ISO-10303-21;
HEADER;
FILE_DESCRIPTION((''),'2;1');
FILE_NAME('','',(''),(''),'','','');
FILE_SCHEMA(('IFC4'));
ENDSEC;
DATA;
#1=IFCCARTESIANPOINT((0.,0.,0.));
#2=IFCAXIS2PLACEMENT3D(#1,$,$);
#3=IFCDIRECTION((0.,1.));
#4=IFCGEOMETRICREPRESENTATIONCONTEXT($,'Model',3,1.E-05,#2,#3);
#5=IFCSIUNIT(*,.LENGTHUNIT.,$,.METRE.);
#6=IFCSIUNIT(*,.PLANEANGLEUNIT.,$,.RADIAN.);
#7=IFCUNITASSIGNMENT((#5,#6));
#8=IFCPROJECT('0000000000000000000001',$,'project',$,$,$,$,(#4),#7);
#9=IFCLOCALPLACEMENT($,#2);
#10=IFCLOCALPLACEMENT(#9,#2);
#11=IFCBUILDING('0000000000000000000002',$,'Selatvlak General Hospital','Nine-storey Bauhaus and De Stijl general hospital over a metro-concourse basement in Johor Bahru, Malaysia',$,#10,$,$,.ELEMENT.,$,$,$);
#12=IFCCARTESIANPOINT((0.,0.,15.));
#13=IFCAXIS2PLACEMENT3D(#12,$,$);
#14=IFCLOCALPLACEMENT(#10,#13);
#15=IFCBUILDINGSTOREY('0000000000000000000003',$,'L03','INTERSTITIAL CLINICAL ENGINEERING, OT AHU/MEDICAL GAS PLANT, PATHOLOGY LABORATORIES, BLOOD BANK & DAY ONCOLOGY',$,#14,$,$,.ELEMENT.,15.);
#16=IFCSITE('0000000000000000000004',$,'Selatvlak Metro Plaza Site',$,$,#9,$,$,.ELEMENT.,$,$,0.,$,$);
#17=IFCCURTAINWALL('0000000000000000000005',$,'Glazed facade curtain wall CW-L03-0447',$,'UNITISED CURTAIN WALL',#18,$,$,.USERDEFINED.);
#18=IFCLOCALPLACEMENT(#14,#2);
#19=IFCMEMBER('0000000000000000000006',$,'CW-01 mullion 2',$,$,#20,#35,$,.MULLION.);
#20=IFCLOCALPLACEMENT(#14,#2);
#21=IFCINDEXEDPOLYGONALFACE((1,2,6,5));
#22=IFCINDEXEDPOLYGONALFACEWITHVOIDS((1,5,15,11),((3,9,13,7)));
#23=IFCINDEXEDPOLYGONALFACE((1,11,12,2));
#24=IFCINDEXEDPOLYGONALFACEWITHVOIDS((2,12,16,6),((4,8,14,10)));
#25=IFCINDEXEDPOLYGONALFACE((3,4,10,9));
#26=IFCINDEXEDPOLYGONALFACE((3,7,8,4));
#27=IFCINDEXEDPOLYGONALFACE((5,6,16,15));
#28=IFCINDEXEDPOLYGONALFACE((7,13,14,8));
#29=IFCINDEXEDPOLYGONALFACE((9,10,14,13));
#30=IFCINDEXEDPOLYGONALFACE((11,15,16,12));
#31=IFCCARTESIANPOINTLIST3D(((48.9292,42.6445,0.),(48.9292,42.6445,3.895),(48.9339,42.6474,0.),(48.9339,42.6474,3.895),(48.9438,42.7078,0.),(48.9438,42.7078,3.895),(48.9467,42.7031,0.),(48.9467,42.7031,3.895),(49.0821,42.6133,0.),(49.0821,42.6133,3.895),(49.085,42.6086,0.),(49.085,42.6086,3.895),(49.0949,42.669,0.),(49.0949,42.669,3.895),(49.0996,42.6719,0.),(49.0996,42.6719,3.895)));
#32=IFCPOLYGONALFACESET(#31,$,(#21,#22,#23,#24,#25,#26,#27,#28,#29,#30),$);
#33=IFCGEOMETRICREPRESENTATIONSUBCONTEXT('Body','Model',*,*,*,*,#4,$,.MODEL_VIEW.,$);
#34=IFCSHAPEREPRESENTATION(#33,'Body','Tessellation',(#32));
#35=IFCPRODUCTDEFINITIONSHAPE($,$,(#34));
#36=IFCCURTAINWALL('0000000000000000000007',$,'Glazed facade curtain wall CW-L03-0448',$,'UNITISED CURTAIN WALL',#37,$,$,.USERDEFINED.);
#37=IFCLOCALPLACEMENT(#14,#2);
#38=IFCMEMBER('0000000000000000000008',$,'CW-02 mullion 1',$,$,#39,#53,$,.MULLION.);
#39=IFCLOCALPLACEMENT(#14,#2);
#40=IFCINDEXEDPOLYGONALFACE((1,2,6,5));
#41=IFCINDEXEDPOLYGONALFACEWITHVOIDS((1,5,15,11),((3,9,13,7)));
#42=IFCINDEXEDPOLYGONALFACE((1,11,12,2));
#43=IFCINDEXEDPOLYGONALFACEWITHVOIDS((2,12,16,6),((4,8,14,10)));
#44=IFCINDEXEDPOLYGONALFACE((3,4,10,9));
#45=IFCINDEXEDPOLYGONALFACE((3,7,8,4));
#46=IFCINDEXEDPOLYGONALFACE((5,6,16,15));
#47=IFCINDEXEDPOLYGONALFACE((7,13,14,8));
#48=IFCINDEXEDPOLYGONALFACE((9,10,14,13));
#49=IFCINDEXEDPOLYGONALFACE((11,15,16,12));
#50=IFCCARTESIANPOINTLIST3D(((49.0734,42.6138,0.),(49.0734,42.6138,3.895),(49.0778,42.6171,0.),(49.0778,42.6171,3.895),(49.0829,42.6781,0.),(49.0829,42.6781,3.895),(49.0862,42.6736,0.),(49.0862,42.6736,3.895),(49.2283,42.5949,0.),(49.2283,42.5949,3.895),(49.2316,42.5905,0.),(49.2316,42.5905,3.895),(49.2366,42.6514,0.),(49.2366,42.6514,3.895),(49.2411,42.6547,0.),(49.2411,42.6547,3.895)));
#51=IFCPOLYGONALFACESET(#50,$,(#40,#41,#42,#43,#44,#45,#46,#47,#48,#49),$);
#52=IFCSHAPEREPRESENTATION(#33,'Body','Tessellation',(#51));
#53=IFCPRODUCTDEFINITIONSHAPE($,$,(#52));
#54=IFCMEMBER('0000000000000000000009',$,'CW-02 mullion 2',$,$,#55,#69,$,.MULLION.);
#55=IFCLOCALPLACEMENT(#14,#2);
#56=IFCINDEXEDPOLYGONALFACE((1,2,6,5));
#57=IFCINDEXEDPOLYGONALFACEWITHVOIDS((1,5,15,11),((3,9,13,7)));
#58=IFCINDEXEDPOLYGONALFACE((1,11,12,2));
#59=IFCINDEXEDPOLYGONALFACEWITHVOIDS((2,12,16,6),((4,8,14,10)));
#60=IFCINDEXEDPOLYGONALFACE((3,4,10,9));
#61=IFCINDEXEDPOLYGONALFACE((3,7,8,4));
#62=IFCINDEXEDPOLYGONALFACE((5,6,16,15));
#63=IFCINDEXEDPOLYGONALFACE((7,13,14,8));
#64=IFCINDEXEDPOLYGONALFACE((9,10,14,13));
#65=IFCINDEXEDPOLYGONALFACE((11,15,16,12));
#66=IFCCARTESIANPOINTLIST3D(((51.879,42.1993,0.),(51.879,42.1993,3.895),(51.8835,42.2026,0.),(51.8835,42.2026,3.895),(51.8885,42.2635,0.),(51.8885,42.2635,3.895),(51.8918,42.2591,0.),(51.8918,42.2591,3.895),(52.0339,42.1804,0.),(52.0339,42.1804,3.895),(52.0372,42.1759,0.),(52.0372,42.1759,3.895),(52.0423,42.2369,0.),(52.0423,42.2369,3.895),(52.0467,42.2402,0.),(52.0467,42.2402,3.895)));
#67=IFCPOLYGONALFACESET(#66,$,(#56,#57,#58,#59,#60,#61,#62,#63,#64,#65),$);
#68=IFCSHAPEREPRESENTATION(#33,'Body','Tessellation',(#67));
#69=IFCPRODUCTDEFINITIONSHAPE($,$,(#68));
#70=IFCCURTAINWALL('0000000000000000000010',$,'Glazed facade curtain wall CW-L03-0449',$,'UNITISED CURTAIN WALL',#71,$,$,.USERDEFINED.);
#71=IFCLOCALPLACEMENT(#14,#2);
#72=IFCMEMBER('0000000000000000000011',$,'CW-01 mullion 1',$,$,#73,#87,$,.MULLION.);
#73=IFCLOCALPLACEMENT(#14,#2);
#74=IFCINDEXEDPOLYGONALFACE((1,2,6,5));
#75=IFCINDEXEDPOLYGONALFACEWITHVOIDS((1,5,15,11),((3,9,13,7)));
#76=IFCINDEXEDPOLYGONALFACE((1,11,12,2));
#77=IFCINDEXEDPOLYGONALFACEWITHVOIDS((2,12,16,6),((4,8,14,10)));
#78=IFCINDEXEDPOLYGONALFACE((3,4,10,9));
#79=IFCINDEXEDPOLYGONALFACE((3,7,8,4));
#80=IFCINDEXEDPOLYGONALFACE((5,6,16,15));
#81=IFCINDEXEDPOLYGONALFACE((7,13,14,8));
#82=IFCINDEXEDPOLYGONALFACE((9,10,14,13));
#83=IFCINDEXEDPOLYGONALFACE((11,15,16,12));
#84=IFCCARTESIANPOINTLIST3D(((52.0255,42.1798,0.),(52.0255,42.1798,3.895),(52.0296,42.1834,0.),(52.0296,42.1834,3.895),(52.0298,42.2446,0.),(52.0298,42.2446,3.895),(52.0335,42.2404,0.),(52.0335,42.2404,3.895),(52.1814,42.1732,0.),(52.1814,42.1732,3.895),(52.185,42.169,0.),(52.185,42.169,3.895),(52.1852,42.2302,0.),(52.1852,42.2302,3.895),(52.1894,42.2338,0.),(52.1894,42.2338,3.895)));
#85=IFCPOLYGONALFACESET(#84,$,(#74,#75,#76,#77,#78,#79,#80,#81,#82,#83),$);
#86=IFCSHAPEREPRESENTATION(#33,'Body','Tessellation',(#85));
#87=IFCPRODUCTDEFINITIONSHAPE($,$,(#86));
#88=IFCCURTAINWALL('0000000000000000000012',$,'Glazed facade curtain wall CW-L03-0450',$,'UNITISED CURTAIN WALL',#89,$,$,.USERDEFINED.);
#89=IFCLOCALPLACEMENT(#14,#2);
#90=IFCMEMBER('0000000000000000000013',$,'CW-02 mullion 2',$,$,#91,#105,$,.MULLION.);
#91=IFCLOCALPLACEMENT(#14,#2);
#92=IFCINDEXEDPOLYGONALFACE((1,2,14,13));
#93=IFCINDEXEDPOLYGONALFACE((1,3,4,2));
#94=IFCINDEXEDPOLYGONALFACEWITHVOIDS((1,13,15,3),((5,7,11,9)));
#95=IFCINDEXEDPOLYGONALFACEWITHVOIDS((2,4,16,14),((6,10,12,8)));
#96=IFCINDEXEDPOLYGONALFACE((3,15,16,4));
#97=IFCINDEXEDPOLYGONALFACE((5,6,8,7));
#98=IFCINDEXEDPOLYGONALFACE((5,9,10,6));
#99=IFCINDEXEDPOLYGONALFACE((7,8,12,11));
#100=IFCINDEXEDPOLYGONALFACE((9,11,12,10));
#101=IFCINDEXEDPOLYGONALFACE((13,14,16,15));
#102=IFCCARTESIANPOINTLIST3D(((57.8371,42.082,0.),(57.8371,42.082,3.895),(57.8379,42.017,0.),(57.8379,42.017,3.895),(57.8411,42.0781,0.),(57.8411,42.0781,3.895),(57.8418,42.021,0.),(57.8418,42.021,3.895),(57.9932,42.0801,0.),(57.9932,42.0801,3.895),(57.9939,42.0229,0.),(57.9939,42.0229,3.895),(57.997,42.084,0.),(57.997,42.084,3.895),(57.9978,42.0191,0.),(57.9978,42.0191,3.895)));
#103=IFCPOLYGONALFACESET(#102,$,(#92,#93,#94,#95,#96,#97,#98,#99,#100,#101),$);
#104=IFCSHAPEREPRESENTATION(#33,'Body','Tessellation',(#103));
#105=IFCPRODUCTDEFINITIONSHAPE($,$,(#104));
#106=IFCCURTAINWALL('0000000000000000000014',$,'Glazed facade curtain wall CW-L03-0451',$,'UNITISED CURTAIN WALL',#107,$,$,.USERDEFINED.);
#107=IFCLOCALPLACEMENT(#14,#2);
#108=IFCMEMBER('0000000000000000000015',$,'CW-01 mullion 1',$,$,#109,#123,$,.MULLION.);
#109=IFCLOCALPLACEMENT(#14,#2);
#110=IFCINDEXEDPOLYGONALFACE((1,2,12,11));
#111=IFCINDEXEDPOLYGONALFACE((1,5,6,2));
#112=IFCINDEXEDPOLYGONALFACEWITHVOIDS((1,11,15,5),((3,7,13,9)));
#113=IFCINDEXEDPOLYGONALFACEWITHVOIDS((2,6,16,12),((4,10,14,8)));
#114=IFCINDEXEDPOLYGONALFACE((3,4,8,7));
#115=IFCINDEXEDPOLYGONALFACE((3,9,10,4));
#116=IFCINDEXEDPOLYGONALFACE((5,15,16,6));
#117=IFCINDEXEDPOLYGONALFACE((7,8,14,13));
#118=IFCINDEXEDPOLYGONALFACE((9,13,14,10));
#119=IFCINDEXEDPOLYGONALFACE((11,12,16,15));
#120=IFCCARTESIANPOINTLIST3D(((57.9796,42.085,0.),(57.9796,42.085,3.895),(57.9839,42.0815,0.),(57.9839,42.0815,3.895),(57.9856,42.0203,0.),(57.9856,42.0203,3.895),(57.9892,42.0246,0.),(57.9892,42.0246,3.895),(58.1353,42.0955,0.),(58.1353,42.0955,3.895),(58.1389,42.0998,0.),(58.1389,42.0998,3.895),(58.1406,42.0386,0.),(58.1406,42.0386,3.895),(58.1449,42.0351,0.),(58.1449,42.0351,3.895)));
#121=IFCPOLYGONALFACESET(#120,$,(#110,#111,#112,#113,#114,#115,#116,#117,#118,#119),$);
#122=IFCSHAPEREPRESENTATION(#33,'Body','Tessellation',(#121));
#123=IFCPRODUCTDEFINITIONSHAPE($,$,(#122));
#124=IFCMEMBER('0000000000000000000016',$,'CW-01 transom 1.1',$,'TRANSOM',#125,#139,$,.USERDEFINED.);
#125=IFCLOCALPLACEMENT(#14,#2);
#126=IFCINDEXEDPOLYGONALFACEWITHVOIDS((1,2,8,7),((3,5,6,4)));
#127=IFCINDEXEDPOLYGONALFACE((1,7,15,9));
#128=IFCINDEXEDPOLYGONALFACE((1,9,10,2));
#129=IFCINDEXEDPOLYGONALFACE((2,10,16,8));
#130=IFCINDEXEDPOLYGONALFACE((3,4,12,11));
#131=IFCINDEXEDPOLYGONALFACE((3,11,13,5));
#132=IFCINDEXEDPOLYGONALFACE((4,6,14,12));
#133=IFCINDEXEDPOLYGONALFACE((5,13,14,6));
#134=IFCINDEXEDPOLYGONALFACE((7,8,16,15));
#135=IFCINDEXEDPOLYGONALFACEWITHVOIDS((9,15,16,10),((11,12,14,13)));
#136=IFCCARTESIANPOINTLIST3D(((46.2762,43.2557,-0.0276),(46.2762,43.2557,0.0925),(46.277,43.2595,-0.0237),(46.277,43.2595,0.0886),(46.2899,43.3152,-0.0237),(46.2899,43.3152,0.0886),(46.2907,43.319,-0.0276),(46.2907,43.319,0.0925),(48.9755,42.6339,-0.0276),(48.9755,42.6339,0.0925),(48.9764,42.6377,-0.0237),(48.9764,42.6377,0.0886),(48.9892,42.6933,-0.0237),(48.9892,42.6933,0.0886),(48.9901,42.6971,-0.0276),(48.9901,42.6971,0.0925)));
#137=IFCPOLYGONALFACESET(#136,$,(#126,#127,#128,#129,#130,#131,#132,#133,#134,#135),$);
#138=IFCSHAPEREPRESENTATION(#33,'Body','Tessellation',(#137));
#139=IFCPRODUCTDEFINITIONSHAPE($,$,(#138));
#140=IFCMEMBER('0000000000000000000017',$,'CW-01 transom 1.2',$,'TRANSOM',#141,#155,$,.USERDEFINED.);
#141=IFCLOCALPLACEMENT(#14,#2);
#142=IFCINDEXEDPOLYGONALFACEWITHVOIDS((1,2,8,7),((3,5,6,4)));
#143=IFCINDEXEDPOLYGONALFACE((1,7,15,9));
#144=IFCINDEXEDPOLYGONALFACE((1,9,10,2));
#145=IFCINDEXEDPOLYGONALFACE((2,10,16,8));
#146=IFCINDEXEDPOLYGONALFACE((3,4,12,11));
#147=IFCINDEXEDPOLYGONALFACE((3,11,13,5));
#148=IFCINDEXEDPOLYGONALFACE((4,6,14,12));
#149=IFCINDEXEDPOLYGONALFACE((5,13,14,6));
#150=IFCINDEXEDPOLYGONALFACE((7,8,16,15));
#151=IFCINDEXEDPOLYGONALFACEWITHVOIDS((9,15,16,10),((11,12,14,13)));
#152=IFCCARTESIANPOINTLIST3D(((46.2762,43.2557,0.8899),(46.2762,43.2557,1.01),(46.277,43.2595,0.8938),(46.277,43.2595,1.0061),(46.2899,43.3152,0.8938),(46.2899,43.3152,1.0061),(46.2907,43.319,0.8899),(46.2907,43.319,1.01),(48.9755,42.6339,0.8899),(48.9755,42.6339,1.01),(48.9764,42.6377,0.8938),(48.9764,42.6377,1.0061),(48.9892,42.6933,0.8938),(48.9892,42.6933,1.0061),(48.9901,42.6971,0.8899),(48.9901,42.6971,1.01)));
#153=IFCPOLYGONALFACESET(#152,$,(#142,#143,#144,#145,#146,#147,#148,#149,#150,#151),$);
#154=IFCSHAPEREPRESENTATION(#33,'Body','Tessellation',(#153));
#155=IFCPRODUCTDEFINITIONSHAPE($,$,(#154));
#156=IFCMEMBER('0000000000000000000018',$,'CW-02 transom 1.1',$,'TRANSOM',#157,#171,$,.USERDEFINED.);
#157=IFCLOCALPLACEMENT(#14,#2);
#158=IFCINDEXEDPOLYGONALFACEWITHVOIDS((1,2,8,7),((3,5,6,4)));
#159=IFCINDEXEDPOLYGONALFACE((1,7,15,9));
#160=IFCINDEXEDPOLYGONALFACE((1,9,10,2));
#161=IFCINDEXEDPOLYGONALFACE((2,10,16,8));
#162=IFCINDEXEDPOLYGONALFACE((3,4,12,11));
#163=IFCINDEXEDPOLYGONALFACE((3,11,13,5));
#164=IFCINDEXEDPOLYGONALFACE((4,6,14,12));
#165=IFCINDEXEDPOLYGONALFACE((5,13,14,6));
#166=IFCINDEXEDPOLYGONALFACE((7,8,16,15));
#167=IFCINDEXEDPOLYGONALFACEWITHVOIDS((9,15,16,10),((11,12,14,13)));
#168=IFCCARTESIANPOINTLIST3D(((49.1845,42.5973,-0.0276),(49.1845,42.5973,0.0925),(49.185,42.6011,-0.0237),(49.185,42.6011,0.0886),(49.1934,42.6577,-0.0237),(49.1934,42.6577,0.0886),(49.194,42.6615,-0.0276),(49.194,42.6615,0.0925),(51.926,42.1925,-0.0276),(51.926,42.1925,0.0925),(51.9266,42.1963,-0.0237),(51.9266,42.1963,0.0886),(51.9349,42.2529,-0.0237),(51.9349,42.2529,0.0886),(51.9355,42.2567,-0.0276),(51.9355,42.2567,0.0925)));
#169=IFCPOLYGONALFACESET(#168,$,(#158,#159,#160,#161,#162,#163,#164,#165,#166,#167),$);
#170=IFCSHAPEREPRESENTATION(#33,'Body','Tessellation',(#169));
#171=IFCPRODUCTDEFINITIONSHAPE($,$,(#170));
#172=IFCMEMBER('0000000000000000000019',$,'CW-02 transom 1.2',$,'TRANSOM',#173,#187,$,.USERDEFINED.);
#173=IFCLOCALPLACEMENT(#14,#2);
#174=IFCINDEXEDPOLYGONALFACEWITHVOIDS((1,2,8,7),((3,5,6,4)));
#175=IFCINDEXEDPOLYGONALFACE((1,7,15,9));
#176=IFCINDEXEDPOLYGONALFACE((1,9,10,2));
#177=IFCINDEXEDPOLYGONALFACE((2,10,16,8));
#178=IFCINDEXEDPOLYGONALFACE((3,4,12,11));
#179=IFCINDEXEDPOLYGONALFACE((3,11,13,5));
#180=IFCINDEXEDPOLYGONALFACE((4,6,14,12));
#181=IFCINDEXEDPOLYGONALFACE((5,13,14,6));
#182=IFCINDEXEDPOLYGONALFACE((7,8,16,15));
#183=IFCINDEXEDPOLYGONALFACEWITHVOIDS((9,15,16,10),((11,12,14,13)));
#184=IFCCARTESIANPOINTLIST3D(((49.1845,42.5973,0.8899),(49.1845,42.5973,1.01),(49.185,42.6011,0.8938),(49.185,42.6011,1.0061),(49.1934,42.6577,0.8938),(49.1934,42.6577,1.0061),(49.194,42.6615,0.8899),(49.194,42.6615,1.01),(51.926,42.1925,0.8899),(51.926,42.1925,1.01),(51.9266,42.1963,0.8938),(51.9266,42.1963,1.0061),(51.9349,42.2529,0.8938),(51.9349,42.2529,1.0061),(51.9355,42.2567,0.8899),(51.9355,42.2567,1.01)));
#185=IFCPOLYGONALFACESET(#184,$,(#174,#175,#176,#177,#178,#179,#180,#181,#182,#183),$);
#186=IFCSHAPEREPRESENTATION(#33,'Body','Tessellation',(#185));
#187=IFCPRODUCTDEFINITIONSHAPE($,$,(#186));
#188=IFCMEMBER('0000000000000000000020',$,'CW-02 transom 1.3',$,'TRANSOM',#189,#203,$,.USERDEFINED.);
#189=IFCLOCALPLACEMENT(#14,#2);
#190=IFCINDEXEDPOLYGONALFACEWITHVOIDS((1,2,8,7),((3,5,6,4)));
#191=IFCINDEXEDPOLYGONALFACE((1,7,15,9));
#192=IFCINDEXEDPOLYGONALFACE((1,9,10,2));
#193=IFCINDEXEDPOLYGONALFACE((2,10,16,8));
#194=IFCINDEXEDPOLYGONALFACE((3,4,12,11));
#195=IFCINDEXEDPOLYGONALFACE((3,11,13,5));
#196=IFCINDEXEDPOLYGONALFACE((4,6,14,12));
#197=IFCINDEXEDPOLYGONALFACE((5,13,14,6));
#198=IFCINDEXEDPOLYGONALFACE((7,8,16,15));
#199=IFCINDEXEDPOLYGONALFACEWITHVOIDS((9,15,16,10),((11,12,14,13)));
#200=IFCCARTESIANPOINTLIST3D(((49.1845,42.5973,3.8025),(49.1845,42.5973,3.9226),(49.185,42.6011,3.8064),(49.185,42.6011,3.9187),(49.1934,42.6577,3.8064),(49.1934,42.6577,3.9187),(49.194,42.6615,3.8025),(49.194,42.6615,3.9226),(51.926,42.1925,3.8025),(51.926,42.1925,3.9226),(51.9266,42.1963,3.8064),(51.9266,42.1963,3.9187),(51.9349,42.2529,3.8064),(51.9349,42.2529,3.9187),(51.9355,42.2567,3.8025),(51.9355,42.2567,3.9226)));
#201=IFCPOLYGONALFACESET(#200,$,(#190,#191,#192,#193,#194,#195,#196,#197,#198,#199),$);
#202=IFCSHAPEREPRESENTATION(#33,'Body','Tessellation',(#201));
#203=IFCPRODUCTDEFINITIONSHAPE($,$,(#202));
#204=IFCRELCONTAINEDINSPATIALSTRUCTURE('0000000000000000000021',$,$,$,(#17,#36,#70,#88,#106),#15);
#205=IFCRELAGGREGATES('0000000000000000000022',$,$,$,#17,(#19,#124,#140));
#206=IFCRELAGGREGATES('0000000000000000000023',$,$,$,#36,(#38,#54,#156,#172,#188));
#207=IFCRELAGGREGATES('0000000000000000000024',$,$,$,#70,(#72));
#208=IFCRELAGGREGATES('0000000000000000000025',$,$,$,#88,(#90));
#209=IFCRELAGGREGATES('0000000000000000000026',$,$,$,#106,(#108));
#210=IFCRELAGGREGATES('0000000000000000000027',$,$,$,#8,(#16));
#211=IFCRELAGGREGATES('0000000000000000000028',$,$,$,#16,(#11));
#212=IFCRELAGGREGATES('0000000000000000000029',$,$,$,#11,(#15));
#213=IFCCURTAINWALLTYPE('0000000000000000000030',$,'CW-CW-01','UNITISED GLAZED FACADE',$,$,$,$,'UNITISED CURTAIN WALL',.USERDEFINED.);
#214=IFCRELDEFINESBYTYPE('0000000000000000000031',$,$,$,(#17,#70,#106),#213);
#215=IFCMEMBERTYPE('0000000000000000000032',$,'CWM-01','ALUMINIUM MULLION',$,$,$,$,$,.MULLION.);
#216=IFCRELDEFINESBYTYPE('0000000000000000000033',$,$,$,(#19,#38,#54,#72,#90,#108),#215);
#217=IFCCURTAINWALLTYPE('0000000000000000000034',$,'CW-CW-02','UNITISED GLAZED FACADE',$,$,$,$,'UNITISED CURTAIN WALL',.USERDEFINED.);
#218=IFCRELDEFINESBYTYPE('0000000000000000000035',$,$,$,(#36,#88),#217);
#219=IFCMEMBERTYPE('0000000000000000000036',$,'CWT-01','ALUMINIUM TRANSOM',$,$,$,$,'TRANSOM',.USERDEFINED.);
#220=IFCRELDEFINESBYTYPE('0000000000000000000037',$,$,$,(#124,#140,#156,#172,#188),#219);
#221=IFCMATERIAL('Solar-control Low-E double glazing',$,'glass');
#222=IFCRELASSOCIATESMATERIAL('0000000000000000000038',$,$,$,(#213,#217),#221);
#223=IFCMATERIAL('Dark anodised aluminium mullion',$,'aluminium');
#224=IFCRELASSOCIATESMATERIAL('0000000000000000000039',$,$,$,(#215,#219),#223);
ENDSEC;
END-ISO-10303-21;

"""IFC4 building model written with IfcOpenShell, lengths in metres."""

from ifc_helpers import new_model, si_unit, direction, frame, origin, origin_2d, place, context, subcontext, project, spatial, hollow_rectangle, extrude, material, material_profile, profile_set, type_object, element, aggregate, save


model = new_model("IFC4")

# Units and contexts
model_context = context("Model", 3, precision=1e-05, world=origin(), true_north=direction((0.0, 1.0)))
body_context = subcontext(model_context, "Body", "Model", "MODEL_VIEW")
ifc_project = project(units=[si_unit("LENGTHUNIT", "METRE"), si_unit("PLANEANGLEUNIT", "RADIAN")], contexts=[model_context])

# Site, building, storey
site_placement = place(None, origin())
site = spatial("IfcSite", under=ifc_project, at=site_placement, Name="Selatvlak Metro Plaza Site", CompositionType="ELEMENT", RefElevation=0.0)
building_placement = place(site_placement, origin())
building = spatial("IfcBuilding", under=site, at=building_placement, Name="Selatvlak General Hospital", Description="Nine-storey Bauhaus and De Stijl general hospital over a metro-concourse basement in Johor Bahru, Malaysia", CompositionType="ELEMENT")
storey_placement = place(building_placement, frame((0.0, 0.0, 15.0)))
storey = spatial("IfcBuildingStorey", under=building, at=storey_placement, Name="L03", Description="INTERSTITIAL CLINICAL ENGINEERING, OT AHU/MEDICAL GAS PLANT, PATHOLOGY LABORATORIES, BLOOD BANK & DAY ONCOLOGY", CompositionType="ELEMENT", Elevation=15.0)

# Curtain wall, member
ifc_material_1 = material(Name="Solar-control Low-E double glazing", Category="glass")
curtain_wall_type_1 = type_object("IfcCurtainWallType", Name="CW-CW-01", Description="UNITISED GLAZED FACADE", ElementType="UNITISED CURTAIN WALL", PredefinedType="USERDEFINED", material=ifc_material_1)
curtain_wall_1_placement = place(storey_placement, origin())
curtain_wall_1 = element("IfcCurtainWall", 1, at=curtain_wall_1_placement, inside=storey, type_object=curtain_wall_type_1, Name="Glazed facade curtain wall CW-L03-0447", ObjectType="UNITISED CURTAIN WALL", PredefinedType="USERDEFINED")
ifc_material_2 = material(Name="Dark anodised aluminium mullion", Category="aluminium")
ifc_material_profile_1 = material_profile(ifc_material_2, hollow_rectangle(XDim=0.0649, YDim=0.1599, WallThickness=0.0039, at=origin_2d()), Name="AL-MUL 65x160x4")
ifc_profile_set_1 = profile_set([ifc_material_profile_1], Name="Dark anodised aluminium mullion")
member_type_1 = type_object("IfcMemberType", Name="CWM-01", Description="ALUMINIUM MULLION", PredefinedType="MULLION", material=ifc_profile_set_1)
member_1_placement = place(storey_placement, frame((49.0144, 42.6582, 0.0), z_axis=(0.0, 0.0, 1.0), x_axis=(0.224482, 0.974478, 0.0)))
member_1 = element("IfcMember", 2, at=member_1_placement, type_object=member_type_1, Name="CW-01 mullion 2", PredefinedType="MULLION", context=body_context, shape_type="SweptSolid", body=[
    extrude(hollow_rectangle(XDim=0.0649, YDim=0.1599, WallThickness=0.0039, at=origin_2d()), origin(), (0.0, 0.0, 1.0), 3.895),
])

# Curtain wall, members
curtain_wall_type_2 = type_object("IfcCurtainWallType", Name="CW-CW-02", Description="UNITISED GLAZED FACADE", ElementType="UNITISED CURTAIN WALL", PredefinedType="USERDEFINED", material=ifc_material_1)
curtain_wall_2_placement = place(storey_placement, origin())
curtain_wall_2 = element("IfcCurtainWall", 3, at=curtain_wall_2_placement, inside=storey, type_object=curtain_wall_type_2, Name="Glazed facade curtain wall CW-L03-0448", ObjectType="UNITISED CURTAIN WALL", PredefinedType="USERDEFINED")
member_2_placement = place(storey_placement, frame((49.1572, 42.6343, 0.0), z_axis=(0.0, 0.0, 1.0), x_axis=(0.146149, 0.989263, 0.0)))
member_2 = element("IfcMember", 4, at=member_2_placement, type_object=member_type_1, Name="CW-02 mullion 1", PredefinedType="MULLION", context=body_context, shape_type="SweptSolid", body=[
    extrude(hollow_rectangle(XDim=0.0649, YDim=0.1599, WallThickness=0.0039, at=origin_2d()), origin(), (0.0, 0.0, 1.0), 3.895),
])
member_3_placement = place(storey_placement, frame((51.9629, 42.2197, 0.0), z_axis=(0.0, 0.0, 1.0), x_axis=(0.146149, 0.989263, 0.0)))
member_3 = element("IfcMember", 5, at=member_3_placement, type_object=member_type_1, Name="CW-02 mullion 2", PredefinedType="MULLION", context=body_context, shape_type="SweptSolid", body=[
    extrude(hollow_rectangle(XDim=0.0649, YDim=0.1599, WallThickness=0.0039, at=origin_2d()), origin(), (0.0, 0.0, 1.0), 3.895),
])

# Curtain walls, members
curtain_wall_3_placement = place(storey_placement, origin())
curtain_wall_3 = element("IfcCurtainWall", 6, at=curtain_wall_3_placement, inside=storey, type_object=curtain_wall_type_1, Name="Glazed facade curtain wall CW-L03-0449", ObjectType="UNITISED CURTAIN WALL", PredefinedType="USERDEFINED")
member_4_placement = place(storey_placement, frame((52.1074, 42.2068, 0.0), z_axis=(0.0, 0.0, 1.0), x_axis=(0.067182, 0.997741, 0.0)))
member_4 = element("IfcMember", 7, at=member_4_placement, type_object=member_type_1, Name="CW-01 mullion 1", PredefinedType="MULLION", context=body_context, shape_type="SweptSolid", body=[
    extrude(hollow_rectangle(XDim=0.0649, YDim=0.1599, WallThickness=0.0039, at=origin_2d()), origin(), (0.0, 0.0, 1.0), 3.895),
])
curtain_wall_4_placement = place(storey_placement, origin())
curtain_wall_4 = element("IfcCurtainWall", 8, at=curtain_wall_4_placement, inside=storey, type_object=curtain_wall_type_2, Name="Glazed facade curtain wall CW-L03-0450", ObjectType="UNITISED CURTAIN WALL", PredefinedType="USERDEFINED")
member_5_placement = place(storey_placement, frame((57.9175, 42.0505, 0.0), z_axis=(0.0, 0.0, 1.0), x_axis=(-0.012762, 0.999919, 0.0)))
member_5 = element("IfcMember", 9, at=member_5_placement, type_object=member_type_1, Name="CW-02 mullion 2", PredefinedType="MULLION", context=body_context, shape_type="SweptSolid", body=[
    extrude(hollow_rectangle(XDim=0.0649, YDim=0.1599, WallThickness=0.0039, at=origin_2d()), origin(), (0.0, 0.0, 1.0), 3.895),
])
curtain_wall_5_placement = place(storey_placement, origin())
curtain_wall_5 = element("IfcCurtainWall", 10, at=curtain_wall_5_placement, inside=storey, type_object=curtain_wall_type_1, Name="Glazed facade curtain wall CW-L03-0451", ObjectType="UNITISED CURTAIN WALL", PredefinedType="USERDEFINED")
member_6_placement = place(storey_placement, frame((58.0623, 42.0601, 0.0), z_axis=(0.0, 0.0, 1.0), x_axis=(-0.092369, 0.995725, 0.0)))
member_6 = element("IfcMember", 11, at=member_6_placement, type_object=member_type_1, Name="CW-01 mullion 1", PredefinedType="MULLION", context=body_context, shape_type="SweptSolid", body=[
    extrude(hollow_rectangle(XDim=0.0649, YDim=0.1599, WallThickness=0.0039, at=origin_2d()), origin(), (0.0, 0.0, 1.0), 3.895),
])

# Members
ifc_material_profile_2 = material_profile(ifc_material_2, hollow_rectangle(XDim=0.0649, YDim=0.1201, WallThickness=0.0039, at=origin_2d()), Name="AL-TRN 65x120x4")
ifc_profile_set_2 = profile_set([ifc_material_profile_2], Name="Dark anodised aluminium mullion")
member_type_2 = type_object("IfcMemberType", Name="CWT-01", Description="ALUMINIUM TRANSOM", ElementType="TRANSOM", PredefinedType="USERDEFINED", material=ifc_profile_set_2)
member_7_placement = place(storey_placement, frame((46.2834, 43.2874, 0.0325), z_axis=(0.974476, -0.224493, 0.0), x_axis=(0.224493, 0.974476, 0.0)))
member_7 = element("IfcMember", 12, at=member_7_placement, type_object=member_type_2, Name="CW-01 transom 1.1", ObjectType="TRANSOM", PredefinedType="USERDEFINED", context=body_context, shape_type="SweptSolid", body=[
    extrude(hollow_rectangle(XDim=0.0649, YDim=0.1201, WallThickness=0.0039, at=origin_2d()), origin(), (0.0, 0.0, 1.0), 2.77),
])
member_8_placement = place(storey_placement, frame((46.2834, 43.2874, 0.95), z_axis=(0.974476, -0.224493, 0.0), x_axis=(0.224493, 0.974476, 0.0)))
member_8 = element("IfcMember", 13, at=member_8_placement, type_object=member_type_2, Name="CW-01 transom 1.2", ObjectType="TRANSOM", PredefinedType="USERDEFINED", context=body_context, shape_type="SweptSolid", body=[
    extrude(hollow_rectangle(XDim=0.0649, YDim=0.1201, WallThickness=0.0039, at=origin_2d()), origin(), (0.0, 0.0, 1.0), 2.77),
])
member_9_placement = place(storey_placement, frame((49.1892, 42.6294, 0.0325), z_axis=(0.989274, -0.14607, 0.0), x_axis=(0.14607, 0.989274, 0.0)))
member_9 = element("IfcMember", 14, at=member_9_placement, type_object=member_type_2, Name="CW-02 transom 1.1", ObjectType="TRANSOM", PredefinedType="USERDEFINED", context=body_context, shape_type="SweptSolid", body=[
    extrude(hollow_rectangle(XDim=0.0649, YDim=0.1201, WallThickness=0.0039, at=origin_2d()), origin(), (0.0, 0.0, 1.0), 2.7712),
])
member_10_placement = place(storey_placement, frame((49.1892, 42.6294, 0.95), z_axis=(0.989274, -0.14607, 0.0), x_axis=(0.14607, 0.989274, 0.0)))
member_10 = element("IfcMember", 15, at=member_10_placement, type_object=member_type_2, Name="CW-02 transom 1.2", ObjectType="TRANSOM", PredefinedType="USERDEFINED", context=body_context, shape_type="SweptSolid", body=[
    extrude(hollow_rectangle(XDim=0.0649, YDim=0.1201, WallThickness=0.0039, at=origin_2d()), origin(), (0.0, 0.0, 1.0), 2.7712),
])
member_11_placement = place(storey_placement, frame((49.1892, 42.6294, 3.8625), z_axis=(0.989274, -0.14607, 0.0), x_axis=(0.14607, 0.989274, 0.0)))
member_11 = element("IfcMember", 16, at=member_11_placement, type_object=member_type_2, Name="CW-02 transom 1.3", ObjectType="TRANSOM", PredefinedType="USERDEFINED", context=body_context, shape_type="SweptSolid", body=[
    extrude(hollow_rectangle(XDim=0.0649, YDim=0.1201, WallThickness=0.0039, at=origin_2d()), origin(), (0.0, 0.0, 1.0), 2.7712),
])

aggregate(curtain_wall_1, [member_1, member_7, member_8])
aggregate(curtain_wall_2, [member_2, member_3, member_9, member_10, member_11])
aggregate(curtain_wall_3, [member_4])
aggregate(curtain_wall_4, [member_5])
aggregate(curtain_wall_5, [member_6])

save(model, "model.ifc")
